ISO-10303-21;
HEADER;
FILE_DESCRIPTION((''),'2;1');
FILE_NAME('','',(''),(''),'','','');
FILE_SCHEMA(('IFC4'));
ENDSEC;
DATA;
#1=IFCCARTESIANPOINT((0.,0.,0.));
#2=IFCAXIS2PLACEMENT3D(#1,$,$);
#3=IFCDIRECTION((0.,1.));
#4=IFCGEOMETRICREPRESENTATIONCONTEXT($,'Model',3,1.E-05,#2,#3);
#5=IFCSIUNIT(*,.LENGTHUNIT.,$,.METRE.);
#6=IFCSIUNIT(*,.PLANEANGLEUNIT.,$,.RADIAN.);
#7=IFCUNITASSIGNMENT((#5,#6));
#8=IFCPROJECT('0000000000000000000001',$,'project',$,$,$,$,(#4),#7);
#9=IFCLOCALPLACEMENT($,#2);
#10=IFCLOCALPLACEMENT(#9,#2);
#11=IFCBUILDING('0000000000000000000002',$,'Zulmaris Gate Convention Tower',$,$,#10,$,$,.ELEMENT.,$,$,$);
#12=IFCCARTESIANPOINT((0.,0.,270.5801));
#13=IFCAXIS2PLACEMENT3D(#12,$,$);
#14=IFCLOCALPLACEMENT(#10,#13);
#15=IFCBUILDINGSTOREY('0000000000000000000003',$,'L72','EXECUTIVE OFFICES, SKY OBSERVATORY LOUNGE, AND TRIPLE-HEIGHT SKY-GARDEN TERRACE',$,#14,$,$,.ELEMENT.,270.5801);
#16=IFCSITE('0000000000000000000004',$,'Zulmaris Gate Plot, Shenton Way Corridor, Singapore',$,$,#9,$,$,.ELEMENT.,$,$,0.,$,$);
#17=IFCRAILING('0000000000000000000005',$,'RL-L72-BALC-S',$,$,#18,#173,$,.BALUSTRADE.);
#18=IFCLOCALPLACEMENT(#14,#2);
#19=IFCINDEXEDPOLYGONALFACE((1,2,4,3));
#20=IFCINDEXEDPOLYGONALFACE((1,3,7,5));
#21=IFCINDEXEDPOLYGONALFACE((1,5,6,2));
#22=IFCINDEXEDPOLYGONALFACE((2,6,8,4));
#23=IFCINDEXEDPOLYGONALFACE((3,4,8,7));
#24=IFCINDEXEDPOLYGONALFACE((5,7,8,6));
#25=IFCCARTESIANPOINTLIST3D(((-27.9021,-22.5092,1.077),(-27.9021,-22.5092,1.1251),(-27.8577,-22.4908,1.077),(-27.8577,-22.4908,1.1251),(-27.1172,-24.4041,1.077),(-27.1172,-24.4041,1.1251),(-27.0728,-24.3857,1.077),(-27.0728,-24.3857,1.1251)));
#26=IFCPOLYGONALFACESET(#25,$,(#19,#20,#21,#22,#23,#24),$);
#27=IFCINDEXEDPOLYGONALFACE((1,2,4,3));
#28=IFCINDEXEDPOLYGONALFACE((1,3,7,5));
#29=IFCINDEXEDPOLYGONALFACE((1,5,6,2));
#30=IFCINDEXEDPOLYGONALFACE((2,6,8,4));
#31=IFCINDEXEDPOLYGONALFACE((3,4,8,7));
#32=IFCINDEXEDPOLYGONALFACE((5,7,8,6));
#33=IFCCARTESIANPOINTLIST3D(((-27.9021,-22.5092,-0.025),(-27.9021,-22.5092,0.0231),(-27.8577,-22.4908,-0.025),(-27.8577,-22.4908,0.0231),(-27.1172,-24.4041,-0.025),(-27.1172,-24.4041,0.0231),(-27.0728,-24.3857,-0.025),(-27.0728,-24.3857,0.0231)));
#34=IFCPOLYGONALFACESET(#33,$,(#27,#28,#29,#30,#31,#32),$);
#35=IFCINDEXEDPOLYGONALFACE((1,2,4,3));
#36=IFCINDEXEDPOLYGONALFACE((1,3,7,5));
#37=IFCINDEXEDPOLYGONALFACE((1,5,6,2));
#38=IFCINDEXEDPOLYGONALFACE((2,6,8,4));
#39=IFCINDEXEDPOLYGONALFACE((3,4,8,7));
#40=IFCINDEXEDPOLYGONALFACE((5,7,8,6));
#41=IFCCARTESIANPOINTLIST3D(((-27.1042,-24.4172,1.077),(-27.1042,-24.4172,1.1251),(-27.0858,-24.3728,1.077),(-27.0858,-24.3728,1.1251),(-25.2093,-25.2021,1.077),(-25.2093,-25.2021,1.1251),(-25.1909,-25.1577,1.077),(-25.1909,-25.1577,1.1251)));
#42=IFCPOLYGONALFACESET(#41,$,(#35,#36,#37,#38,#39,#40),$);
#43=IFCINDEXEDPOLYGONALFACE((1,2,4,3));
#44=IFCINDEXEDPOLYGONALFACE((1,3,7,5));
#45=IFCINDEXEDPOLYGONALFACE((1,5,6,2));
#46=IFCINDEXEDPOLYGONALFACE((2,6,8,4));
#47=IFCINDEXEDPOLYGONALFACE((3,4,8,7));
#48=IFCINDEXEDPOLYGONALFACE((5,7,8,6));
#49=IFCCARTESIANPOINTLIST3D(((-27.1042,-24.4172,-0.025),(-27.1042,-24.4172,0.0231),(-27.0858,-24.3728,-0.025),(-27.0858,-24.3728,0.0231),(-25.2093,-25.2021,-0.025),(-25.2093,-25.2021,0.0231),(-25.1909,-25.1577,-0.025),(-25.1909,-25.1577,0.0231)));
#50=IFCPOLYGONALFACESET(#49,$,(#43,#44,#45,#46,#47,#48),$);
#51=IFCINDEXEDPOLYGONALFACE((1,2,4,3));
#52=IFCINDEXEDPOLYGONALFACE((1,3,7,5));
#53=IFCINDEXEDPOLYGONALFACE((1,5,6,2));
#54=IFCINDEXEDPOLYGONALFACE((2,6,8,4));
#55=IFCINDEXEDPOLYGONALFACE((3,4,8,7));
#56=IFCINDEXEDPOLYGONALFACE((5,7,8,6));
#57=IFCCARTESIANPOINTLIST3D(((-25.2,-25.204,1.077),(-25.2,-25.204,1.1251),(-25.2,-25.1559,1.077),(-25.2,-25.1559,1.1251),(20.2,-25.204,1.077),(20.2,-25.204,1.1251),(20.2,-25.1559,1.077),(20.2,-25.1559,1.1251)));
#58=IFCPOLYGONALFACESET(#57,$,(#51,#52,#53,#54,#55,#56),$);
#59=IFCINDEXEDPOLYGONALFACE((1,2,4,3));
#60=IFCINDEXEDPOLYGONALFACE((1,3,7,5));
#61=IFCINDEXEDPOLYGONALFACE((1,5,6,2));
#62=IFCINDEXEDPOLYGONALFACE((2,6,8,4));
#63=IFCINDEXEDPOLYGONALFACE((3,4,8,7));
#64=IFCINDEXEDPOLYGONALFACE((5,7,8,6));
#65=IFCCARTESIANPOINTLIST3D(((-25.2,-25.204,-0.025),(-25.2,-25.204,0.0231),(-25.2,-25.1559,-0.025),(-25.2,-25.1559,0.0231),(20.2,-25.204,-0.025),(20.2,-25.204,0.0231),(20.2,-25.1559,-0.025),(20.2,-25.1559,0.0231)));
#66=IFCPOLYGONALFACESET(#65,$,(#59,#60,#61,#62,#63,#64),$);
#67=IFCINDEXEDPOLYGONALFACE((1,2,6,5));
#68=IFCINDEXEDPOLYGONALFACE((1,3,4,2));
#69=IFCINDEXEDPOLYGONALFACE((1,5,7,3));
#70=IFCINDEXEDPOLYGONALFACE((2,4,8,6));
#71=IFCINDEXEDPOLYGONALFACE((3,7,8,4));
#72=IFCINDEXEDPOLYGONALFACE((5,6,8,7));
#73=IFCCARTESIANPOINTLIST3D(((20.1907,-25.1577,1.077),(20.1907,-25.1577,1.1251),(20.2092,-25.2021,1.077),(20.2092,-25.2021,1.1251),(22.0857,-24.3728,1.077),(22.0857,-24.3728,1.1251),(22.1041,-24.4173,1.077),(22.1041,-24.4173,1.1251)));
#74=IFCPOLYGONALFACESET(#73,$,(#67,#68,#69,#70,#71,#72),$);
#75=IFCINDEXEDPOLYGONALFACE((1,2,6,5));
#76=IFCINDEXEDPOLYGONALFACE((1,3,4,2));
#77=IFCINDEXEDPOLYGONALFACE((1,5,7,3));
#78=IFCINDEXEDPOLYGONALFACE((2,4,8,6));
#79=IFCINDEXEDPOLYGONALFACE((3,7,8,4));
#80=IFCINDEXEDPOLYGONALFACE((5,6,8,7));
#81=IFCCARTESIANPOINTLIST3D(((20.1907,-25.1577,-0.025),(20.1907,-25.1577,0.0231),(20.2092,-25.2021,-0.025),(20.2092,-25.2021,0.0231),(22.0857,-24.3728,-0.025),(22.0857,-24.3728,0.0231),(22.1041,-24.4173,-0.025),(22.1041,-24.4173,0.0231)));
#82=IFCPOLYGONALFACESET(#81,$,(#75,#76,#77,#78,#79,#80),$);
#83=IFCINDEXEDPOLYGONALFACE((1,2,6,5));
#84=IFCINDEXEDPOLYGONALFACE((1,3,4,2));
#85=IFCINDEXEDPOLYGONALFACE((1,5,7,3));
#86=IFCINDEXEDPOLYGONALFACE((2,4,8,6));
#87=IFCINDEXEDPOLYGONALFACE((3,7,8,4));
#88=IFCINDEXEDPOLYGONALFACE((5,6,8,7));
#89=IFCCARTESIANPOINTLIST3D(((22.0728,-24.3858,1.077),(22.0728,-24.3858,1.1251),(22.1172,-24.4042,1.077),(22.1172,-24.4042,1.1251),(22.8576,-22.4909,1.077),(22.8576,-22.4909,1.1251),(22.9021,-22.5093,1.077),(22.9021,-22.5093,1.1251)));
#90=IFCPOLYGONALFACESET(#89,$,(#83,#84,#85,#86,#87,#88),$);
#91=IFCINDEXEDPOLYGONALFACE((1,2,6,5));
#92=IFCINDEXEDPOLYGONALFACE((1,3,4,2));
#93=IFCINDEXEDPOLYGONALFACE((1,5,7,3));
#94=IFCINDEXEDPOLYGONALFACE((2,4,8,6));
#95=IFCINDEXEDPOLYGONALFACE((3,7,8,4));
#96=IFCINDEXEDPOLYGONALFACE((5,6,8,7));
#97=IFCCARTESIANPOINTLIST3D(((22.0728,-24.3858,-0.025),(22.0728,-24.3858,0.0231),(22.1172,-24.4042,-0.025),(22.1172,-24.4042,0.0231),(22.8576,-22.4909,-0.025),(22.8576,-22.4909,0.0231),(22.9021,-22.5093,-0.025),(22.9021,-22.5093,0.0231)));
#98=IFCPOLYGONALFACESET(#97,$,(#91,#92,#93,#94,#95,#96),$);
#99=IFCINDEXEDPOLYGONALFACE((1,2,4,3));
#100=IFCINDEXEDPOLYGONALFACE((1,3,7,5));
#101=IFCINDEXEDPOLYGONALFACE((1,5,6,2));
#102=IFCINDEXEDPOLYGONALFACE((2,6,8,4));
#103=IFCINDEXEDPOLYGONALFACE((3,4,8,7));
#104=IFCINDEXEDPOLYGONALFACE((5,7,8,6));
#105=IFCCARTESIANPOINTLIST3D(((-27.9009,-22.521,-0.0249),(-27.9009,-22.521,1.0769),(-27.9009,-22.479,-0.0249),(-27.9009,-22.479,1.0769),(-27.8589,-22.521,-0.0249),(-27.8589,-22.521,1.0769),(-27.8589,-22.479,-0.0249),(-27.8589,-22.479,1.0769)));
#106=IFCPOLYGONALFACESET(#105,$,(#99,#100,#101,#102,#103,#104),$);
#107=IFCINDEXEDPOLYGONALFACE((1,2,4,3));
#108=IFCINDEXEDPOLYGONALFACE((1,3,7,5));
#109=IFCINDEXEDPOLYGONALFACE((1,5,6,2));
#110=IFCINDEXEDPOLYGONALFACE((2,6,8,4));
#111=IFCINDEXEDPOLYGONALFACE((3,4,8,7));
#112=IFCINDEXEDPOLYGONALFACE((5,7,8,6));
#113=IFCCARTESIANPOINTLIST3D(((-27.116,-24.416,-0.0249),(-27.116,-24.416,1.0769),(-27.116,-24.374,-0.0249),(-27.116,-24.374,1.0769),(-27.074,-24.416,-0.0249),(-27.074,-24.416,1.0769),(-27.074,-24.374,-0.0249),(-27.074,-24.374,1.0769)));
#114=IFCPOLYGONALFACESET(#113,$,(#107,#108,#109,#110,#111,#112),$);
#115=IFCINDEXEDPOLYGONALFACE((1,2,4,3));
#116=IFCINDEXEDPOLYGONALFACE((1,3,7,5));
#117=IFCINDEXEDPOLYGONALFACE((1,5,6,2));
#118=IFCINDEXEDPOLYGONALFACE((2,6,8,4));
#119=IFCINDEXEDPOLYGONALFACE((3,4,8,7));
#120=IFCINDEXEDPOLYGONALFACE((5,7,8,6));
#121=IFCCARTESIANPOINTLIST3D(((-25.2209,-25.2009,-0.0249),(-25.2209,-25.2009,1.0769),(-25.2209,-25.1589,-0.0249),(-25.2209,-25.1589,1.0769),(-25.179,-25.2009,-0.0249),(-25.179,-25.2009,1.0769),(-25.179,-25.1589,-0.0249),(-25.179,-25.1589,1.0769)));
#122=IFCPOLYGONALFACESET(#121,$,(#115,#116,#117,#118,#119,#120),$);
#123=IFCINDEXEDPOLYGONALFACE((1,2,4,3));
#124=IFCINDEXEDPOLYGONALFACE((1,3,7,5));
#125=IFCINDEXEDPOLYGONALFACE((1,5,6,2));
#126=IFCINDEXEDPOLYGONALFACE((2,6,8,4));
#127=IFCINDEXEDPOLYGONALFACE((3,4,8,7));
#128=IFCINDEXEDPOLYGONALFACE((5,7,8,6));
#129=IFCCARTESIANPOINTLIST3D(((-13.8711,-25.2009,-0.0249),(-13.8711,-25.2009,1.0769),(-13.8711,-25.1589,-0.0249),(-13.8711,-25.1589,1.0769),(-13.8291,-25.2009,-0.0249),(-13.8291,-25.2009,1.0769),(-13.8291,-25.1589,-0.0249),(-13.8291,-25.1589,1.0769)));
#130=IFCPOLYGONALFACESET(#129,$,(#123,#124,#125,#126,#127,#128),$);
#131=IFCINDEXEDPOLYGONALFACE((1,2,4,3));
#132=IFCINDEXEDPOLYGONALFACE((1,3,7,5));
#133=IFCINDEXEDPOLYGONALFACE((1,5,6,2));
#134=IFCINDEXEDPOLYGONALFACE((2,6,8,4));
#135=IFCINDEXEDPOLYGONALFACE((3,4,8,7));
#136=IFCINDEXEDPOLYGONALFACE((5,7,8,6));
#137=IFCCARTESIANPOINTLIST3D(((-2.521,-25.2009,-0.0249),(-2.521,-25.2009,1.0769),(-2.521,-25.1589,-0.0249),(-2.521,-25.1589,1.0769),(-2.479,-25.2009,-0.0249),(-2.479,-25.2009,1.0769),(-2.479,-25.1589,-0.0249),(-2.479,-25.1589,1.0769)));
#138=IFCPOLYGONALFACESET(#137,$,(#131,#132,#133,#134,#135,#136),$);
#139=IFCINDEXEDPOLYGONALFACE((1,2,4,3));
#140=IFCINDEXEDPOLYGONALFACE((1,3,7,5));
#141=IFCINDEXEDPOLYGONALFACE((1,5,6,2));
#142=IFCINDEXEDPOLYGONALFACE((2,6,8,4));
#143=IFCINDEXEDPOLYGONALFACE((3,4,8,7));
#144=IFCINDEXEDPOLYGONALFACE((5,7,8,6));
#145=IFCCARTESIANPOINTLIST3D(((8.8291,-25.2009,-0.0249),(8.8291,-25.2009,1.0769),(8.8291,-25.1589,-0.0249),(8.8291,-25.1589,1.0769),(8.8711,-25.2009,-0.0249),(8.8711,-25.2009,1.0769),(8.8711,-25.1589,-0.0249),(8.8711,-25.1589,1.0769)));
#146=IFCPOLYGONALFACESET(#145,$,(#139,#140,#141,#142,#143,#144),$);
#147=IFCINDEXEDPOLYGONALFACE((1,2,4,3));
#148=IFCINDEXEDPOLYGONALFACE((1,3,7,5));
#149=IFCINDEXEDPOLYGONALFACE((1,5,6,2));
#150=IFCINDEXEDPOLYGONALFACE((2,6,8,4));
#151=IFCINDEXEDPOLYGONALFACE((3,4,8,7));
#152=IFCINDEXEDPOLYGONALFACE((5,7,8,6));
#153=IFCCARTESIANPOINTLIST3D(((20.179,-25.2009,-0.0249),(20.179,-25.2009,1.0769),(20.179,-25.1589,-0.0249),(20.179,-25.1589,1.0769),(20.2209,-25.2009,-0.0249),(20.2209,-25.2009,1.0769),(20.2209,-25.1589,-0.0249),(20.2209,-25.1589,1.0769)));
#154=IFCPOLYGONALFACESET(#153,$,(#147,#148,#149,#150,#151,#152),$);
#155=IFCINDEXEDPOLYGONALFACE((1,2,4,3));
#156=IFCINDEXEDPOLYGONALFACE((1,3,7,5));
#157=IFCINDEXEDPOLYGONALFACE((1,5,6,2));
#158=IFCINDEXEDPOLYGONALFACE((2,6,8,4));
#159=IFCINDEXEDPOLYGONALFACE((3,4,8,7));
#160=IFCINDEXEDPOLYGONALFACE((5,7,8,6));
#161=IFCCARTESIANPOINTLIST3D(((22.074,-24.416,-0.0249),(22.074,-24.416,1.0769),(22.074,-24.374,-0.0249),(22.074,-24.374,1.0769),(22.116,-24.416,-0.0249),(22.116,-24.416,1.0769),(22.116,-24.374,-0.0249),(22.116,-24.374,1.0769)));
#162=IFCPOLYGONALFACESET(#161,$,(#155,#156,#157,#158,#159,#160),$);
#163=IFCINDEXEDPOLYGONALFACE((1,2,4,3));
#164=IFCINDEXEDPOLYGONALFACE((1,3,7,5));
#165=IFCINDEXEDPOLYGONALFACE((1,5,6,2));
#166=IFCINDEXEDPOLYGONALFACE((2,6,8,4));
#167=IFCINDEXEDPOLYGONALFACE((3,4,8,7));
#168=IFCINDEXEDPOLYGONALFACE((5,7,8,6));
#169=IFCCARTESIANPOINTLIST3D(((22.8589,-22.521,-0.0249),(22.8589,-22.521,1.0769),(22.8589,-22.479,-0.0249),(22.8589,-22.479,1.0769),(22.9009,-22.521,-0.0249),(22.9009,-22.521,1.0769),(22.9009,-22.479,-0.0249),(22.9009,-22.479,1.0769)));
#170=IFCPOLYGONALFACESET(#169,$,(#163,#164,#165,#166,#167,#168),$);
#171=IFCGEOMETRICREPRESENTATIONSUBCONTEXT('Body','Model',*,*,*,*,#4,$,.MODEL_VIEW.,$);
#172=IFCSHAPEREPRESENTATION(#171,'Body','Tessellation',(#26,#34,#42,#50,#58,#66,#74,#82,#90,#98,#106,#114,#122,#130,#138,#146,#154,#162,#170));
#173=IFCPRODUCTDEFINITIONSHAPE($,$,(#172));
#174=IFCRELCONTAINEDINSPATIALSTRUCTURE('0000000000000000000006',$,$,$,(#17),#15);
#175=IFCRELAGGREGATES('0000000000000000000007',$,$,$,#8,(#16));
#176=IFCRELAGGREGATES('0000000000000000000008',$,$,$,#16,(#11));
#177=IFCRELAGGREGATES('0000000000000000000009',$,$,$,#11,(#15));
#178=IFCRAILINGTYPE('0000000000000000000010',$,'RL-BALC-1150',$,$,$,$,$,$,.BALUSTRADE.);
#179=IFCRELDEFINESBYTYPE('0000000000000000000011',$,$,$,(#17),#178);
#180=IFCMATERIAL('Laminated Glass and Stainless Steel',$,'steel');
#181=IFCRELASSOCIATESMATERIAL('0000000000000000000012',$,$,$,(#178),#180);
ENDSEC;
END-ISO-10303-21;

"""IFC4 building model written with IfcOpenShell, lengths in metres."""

from ifc_helpers import new_model, si_unit, direction, frame, origin, origin_2d, place, context, subcontext, project, spatial, rectangle, extrude, material, type_object, element, save


model = new_model("IFC4")

# Units and contexts
model_context = context("Model", 3, precision=1e-05, world=origin(), true_north=direction((0.0, 1.0)))
body_context = subcontext(model_context, "Body", "Model", "MODEL_VIEW")
ifc_project = project(units=[si_unit("LENGTHUNIT", "METRE"), si_unit("PLANEANGLEUNIT", "RADIAN")], contexts=[model_context])

# Site, building, storey
site_placement = place(None, origin())
site = spatial("IfcSite", under=ifc_project, at=site_placement, Name="Zulmaris Gate Plot, Shenton Way Corridor, Singapore", CompositionType="ELEMENT", RefElevation=0.0)
building_placement = place(site_placement, origin())
building = spatial("IfcBuilding", under=site, at=building_placement, Name="Zulmaris Gate Convention Tower", CompositionType="ELEMENT")
storey_placement = place(building_placement, frame((0.0, 0.0, 270.5801)))
storey = spatial("IfcBuildingStorey", under=building, at=storey_placement, Name="L72", Description="EXECUTIVE OFFICES, SKY OBSERVATORY LOUNGE, AND TRIPLE-HEIGHT SKY-GARDEN TERRACE", CompositionType="ELEMENT", Elevation=270.5801)

# Railing
ifc_material_1 = material(Name="Laminated Glass and Stainless Steel", Category="steel")
railing_type = type_object("IfcRailingType", Name="RL-BALC-1150", PredefinedType="BALUSTRADE", material=ifc_material_1)
railing_placement = place(storey_placement, frame((-27.8799, -22.5, -0.0249)))
element("IfcRailing", 1, at=railing_placement, inside=storey, type_object=railing_type, Name="RL-L72-BALC-S", PredefinedType="BALUSTRADE", context=body_context, shape_type="SweptSolid", body=[
    extrude(rectangle(XDim=0.0481, YDim=0.0481, at=origin_2d()), frame((0.0, 0.0, 1.126), z_axis=(0.382671, -0.923885, 0.0), x_axis=(0.923885, 0.382671, 0.0)), (0.0, 0.0, 1.0), 2.051),
    extrude(rectangle(XDim=0.0481, YDim=0.0481, at=origin_2d()), frame((0.0, 0.0, 0.0239), z_axis=(0.382671, -0.923885, 0.0), x_axis=(0.923885, 0.382671, 0.0)), (0.0, 0.0, 1.0), 2.051),
    extrude(rectangle(XDim=0.0481, YDim=0.0481, at=origin_2d()), frame((0.7849, -1.895, 1.126), z_axis=(0.923885, -0.382671, 0.0), x_axis=(0.382671, 0.923885, 0.0)), (0.0, 0.0, 1.0), 2.051),
    extrude(rectangle(XDim=0.0481, YDim=0.0481, at=origin_2d()), frame((0.7849, -1.895, 0.0239), z_axis=(0.923885, -0.382671, 0.0), x_axis=(0.382671, 0.923885, 0.0)), (0.0, 0.0, 1.0), 2.051),
    extrude(rectangle(XDim=0.0481, YDim=0.0481, at=origin_2d()), frame((2.6799, -2.6799, 1.126), z_axis=(1.0, 0.0, 0.0), x_axis=(0.0, 1.0, 0.0)), (0.0, 0.0, 1.0), 45.3999),
    extrude(rectangle(XDim=0.0481, YDim=0.0481, at=origin_2d()), frame((2.6799, -2.6799, 0.0239), z_axis=(1.0, 0.0, 0.0), x_axis=(0.0, 1.0, 0.0)), (0.0, 0.0, 1.0), 45.3999),
    extrude(rectangle(XDim=0.0481, YDim=0.0481, at=origin_2d()), frame((48.0798, -2.6799, 1.126), z_axis=(0.923885, 0.382671, 0.0), x_axis=(-0.382671, 0.923885, 0.0)), (0.0, 0.0, 1.0), 2.051),
    extrude(rectangle(XDim=0.0481, YDim=0.0481, at=origin_2d()), frame((48.0798, -2.6799, 0.0239), z_axis=(0.923885, 0.382671, 0.0), x_axis=(-0.382671, 0.923885, 0.0)), (0.0, 0.0, 1.0), 2.051),
    extrude(rectangle(XDim=0.0481, YDim=0.0481, at=origin_2d()), frame((49.9749, -1.895, 1.126), z_axis=(0.382671, 0.923885, 0.0), x_axis=(-0.923885, 0.382671, 0.0)), (0.0, 0.0, 1.0), 2.051),
    extrude(rectangle(XDim=0.0481, YDim=0.0481, at=origin_2d()), frame((49.9749, -1.895, 0.0239), z_axis=(0.382671, 0.923885, 0.0), x_axis=(-0.923885, 0.382671, 0.0)), (0.0, 0.0, 1.0), 2.051),
    extrude(rectangle(XDim=0.042, YDim=0.042, at=origin_2d()), origin(), (0.0, 0.0, 1.0), 1.1018),
    extrude(rectangle(XDim=0.042, YDim=0.042, at=origin_2d()), frame((0.7849, -1.895, 0.0)), (0.0, 0.0, 1.0), 1.1018),
    extrude(rectangle(XDim=0.042, YDim=0.042, at=origin_2d()), frame((2.6799, -2.6799, 0.0)), (0.0, 0.0, 1.0), 1.1018),
    extrude(rectangle(XDim=0.042, YDim=0.042, at=origin_2d()), frame((14.0298, -2.6799, 0.0)), (0.0, 0.0, 1.0), 1.1018),
    extrude(rectangle(XDim=0.042, YDim=0.042, at=origin_2d()), frame((25.3799, -2.6799, 0.0)), (0.0, 0.0, 1.0), 1.1018),
    extrude(rectangle(XDim=0.042, YDim=0.042, at=origin_2d()), frame((36.73, -2.6799, 0.0)), (0.0, 0.0, 1.0), 1.1018),
    extrude(rectangle(XDim=0.042, YDim=0.042, at=origin_2d()), frame((48.0798, -2.6799, 0.0)), (0.0, 0.0, 1.0), 1.1018),
    extrude(rectangle(XDim=0.042, YDim=0.042, at=origin_2d()), frame((49.9749, -1.895, 0.0)), (0.0, 0.0, 1.0), 1.1018),
    extrude(rectangle(XDim=0.042, YDim=0.042, at=origin_2d()), frame((50.7598, 0.0, 0.0)), (0.0, 0.0, 1.0), 1.1018),
])

save(model, "model.ifc")
